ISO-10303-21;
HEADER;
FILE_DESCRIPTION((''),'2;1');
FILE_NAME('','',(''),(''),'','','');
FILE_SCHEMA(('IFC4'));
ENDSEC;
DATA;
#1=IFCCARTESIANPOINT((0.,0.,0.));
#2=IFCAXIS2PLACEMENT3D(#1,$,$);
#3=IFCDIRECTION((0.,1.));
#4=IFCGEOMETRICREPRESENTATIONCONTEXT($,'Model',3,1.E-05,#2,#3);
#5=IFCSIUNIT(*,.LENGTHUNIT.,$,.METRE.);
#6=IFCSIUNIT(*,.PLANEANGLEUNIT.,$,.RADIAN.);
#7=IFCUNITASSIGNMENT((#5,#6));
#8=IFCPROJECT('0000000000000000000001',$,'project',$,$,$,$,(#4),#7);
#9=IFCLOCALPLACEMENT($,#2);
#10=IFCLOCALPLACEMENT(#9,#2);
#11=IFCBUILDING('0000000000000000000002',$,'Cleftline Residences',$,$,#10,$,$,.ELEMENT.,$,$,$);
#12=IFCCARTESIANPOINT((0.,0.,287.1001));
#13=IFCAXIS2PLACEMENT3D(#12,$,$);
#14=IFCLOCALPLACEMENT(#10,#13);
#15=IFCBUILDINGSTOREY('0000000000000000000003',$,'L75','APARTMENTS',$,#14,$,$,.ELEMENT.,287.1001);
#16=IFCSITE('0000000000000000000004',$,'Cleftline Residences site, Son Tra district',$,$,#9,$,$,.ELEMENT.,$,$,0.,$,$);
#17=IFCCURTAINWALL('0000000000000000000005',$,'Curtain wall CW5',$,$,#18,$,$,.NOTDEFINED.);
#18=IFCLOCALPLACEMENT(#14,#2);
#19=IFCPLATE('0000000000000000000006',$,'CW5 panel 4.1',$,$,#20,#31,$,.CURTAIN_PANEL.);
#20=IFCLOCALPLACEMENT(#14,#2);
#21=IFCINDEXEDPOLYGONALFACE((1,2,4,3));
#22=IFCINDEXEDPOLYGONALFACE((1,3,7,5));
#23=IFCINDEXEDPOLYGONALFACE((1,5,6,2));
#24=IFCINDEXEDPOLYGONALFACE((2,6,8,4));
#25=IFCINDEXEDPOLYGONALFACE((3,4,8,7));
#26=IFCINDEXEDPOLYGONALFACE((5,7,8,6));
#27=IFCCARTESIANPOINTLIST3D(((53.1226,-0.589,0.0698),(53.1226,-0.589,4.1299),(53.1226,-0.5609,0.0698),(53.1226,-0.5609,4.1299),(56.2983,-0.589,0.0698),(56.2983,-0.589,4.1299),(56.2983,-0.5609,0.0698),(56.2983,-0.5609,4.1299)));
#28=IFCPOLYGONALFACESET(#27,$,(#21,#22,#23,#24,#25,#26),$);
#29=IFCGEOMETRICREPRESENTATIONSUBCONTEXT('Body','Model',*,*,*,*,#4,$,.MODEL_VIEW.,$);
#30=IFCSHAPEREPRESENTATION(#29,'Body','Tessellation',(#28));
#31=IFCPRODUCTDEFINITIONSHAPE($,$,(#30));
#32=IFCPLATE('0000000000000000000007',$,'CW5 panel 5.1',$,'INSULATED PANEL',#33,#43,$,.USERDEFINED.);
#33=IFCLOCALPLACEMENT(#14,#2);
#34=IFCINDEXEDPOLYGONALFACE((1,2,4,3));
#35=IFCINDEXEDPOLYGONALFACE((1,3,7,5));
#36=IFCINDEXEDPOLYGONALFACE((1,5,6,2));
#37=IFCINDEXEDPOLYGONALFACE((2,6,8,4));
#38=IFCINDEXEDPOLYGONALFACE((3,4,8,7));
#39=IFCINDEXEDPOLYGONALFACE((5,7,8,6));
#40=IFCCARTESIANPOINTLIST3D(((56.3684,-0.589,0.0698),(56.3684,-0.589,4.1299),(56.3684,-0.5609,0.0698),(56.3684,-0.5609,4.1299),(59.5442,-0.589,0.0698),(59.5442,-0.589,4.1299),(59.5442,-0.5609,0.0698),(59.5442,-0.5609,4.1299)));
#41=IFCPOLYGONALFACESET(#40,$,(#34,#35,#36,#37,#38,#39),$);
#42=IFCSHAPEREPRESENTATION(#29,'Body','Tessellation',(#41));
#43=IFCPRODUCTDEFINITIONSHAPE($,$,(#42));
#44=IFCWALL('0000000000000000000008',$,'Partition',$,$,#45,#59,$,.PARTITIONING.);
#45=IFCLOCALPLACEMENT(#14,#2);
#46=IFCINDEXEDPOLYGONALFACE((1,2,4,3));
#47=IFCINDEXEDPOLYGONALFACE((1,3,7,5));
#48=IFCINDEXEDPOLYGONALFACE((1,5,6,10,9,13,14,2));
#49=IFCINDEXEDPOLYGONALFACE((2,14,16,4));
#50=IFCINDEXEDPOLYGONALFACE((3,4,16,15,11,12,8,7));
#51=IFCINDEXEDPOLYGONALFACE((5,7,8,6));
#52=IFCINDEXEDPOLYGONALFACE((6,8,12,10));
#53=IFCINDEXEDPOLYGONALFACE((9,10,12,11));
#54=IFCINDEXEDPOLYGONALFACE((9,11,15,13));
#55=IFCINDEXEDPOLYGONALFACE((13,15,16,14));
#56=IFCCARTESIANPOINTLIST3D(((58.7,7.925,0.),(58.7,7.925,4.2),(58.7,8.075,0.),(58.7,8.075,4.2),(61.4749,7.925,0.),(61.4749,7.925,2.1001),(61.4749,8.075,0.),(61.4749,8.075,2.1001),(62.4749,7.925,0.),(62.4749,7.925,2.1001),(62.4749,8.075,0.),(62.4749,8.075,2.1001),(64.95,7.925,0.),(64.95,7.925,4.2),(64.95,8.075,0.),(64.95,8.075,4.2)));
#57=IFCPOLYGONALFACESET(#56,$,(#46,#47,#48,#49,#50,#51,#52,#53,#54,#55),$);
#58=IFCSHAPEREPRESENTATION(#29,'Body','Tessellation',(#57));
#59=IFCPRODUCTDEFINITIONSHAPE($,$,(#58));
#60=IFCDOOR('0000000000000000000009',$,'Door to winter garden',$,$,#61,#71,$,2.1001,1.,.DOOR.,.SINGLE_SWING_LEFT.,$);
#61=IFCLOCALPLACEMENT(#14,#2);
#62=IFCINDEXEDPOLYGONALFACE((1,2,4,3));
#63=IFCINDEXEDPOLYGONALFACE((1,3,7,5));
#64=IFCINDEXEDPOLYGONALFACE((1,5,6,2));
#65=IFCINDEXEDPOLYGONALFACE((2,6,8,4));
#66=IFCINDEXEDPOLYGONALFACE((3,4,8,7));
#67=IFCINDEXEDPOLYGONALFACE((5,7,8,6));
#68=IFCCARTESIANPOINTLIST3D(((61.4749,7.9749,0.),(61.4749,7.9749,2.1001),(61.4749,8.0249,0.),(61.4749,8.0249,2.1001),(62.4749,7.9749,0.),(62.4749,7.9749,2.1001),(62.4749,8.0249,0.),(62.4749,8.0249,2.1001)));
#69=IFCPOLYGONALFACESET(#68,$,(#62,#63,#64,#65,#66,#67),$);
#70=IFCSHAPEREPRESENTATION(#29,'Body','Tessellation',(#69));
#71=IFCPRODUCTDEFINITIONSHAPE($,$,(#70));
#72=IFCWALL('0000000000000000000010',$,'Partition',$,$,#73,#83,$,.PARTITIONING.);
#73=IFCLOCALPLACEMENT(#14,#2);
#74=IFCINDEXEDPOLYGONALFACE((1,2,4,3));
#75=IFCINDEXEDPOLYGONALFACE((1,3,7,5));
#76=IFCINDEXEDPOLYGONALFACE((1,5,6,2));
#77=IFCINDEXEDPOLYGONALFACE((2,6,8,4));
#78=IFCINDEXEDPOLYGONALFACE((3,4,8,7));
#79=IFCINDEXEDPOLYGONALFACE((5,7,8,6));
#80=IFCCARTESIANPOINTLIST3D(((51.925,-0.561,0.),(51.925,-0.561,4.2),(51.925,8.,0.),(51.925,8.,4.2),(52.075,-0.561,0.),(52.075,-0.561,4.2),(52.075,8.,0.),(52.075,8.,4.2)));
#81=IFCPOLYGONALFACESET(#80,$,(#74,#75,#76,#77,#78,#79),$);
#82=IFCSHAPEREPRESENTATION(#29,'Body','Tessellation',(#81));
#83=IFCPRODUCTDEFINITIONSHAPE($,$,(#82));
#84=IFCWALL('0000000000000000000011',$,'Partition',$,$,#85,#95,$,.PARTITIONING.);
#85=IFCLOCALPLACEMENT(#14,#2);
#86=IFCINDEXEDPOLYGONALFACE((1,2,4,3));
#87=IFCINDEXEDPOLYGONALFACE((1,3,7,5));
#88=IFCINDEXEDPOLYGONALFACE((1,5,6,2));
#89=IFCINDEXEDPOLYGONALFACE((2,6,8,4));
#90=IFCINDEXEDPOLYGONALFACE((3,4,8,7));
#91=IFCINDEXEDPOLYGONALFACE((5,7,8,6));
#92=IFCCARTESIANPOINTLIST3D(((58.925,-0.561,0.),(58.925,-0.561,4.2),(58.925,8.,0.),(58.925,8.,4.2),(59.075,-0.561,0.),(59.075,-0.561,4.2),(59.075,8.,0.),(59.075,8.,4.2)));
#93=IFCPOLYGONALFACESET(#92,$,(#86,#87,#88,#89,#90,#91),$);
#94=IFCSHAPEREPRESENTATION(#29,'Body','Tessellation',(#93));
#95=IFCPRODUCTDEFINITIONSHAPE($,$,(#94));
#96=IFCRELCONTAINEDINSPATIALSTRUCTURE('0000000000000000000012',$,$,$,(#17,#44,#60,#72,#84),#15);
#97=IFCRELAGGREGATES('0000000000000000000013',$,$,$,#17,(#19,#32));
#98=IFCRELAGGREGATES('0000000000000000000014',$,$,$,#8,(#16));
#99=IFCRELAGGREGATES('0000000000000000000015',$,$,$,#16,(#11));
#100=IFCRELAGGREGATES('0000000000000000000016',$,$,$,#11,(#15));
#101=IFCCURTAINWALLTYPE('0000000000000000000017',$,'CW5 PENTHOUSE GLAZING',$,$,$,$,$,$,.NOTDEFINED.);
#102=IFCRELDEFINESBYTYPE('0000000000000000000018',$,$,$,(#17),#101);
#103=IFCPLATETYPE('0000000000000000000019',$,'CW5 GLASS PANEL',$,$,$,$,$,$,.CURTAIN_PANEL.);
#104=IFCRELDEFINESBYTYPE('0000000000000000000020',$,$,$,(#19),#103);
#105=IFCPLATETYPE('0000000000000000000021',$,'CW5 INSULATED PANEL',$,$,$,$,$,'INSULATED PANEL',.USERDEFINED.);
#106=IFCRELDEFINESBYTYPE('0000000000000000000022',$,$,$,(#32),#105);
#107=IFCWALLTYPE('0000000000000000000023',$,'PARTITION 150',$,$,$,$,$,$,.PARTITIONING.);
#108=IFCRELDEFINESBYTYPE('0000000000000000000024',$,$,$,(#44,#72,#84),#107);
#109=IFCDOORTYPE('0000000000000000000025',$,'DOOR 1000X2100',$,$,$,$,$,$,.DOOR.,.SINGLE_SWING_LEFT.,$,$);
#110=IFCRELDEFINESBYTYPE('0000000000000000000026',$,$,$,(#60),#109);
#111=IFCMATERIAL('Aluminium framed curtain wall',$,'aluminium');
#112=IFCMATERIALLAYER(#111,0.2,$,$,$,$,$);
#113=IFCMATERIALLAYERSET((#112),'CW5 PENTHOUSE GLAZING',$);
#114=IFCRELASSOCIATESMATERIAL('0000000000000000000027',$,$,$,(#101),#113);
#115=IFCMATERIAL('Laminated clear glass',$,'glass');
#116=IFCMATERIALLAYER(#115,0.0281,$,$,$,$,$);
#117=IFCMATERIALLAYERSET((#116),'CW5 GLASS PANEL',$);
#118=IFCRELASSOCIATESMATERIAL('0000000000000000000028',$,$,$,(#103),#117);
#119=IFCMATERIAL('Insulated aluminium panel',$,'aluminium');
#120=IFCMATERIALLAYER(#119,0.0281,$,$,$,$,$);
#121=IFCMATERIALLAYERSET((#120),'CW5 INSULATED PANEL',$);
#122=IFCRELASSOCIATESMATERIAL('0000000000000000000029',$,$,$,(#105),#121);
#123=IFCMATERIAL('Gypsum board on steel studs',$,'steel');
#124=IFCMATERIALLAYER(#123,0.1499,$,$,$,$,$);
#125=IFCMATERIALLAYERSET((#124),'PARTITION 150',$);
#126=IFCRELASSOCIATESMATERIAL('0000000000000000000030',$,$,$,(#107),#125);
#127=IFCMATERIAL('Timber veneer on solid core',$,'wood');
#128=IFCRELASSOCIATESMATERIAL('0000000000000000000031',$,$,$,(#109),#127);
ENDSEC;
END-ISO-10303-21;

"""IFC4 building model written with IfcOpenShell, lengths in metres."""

from ifc_helpers import new_model, si_unit, direction, frame, frame_2d, origin, origin_2d, place, context, subcontext, project, spatial, rectangle, extrude, material, layer, layer_set, type_object, element, fill, aggregate, save


model = new_model("IFC4")

# Units and contexts
model_context = context("Model", 3, precision=1e-05, world=origin(), true_north=direction((0.0, 1.0)))
body_context = subcontext(model_context, "Body", "Model", "MODEL_VIEW")
ifc_project = project(units=[si_unit("LENGTHUNIT", "METRE"), si_unit("PLANEANGLEUNIT", "RADIAN")], contexts=[model_context])

# Site, building, storey
site_placement = place(None, origin())
site = spatial("IfcSite", under=ifc_project, at=site_placement, Name="Cleftline Residences site, Son Tra district", CompositionType="ELEMENT", RefElevation=0.0)
building_placement = place(site_placement, origin())
building = spatial("IfcBuilding", under=site, at=building_placement, Name="Cleftline Residences", CompositionType="ELEMENT")
storey_placement = place(building_placement, frame((0.0, 0.0, 287.1001)))
storey = spatial("IfcBuildingStorey", under=building, at=storey_placement, Name="L75", Description="APARTMENTS", CompositionType="ELEMENT", Elevation=287.1001)

# Curtain wall, plates
ifc_material_1 = material(Name="Aluminium framed curtain wall", Category="aluminium")
ifc_layer_1 = layer(ifc_material_1, 0.2)
ifc_layer_set_1 = layer_set([ifc_layer_1], Name="CW5 PENTHOUSE GLAZING")
curtain_wall_type = type_object("IfcCurtainWallType", Name="CW5 PENTHOUSE GLAZING", PredefinedType="NOTDEFINED", material=ifc_layer_set_1)
curtain_wall_placement = place(storey_placement, origin())
curtain_wall = element("IfcCurtainWall", 1, at=curtain_wall_placement, inside=storey, type_object=curtain_wall_type, Name="Curtain wall CW5", PredefinedType="NOTDEFINED")
ifc_material_2 = material(Name="Laminated clear glass", Category="glass")
ifc_layer_2 = layer(ifc_material_2, 0.0281)
ifc_layer_set_2 = layer_set([ifc_layer_2], Name="CW5 GLASS PANEL")
plate_type_1 = type_object("IfcPlateType", Name="CW5 GLASS PANEL", PredefinedType="CURTAIN_PANEL", material=ifc_layer_set_2)
plate_1_placement = place(storey_placement, frame((54.7104, -0.575, 0.0698), z_axis=(0.0, 0.0, 1.0), x_axis=(1.0, 0.0, 0.0)))
plate_1 = element("IfcPlate", 2, at=plate_1_placement, type_object=plate_type_1, Name="CW5 panel 4.1", PredefinedType="CURTAIN_PANEL", context=body_context, shape_type="SweptSolid", body=[
    extrude(rectangle(XDim=3.1758, YDim=0.0281, at=origin_2d()), origin(), (0.0, 0.0, 1.0), 4.0601),
])
ifc_material_3 = material(Name="Insulated aluminium panel", Category="aluminium")
ifc_layer_3 = layer(ifc_material_3, 0.0281)
ifc_layer_set_3 = layer_set([ifc_layer_3], Name="CW5 INSULATED PANEL")
plate_type_2 = type_object("IfcPlateType", Name="CW5 INSULATED PANEL", ElementType="INSULATED PANEL", PredefinedType="USERDEFINED", material=ifc_layer_set_3)
plate_2_placement = place(storey_placement, frame((57.9563, -0.575, 0.0698), z_axis=(0.0, 0.0, 1.0), x_axis=(1.0, 0.0, 0.0)))
plate_2 = element("IfcPlate", 3, at=plate_2_placement, type_object=plate_type_2, Name="CW5 panel 5.1", ObjectType="INSULATED PANEL", PredefinedType="USERDEFINED", context=body_context, shape_type="SweptSolid", body=[
    extrude(rectangle(XDim=3.1758, YDim=0.0281, at=origin_2d()), origin(), (0.0, 0.0, 1.0), 4.0601),
])
aggregate(curtain_wall, [plate_1, plate_2])

# Wall, opening, door
ifc_material_4 = material(Name="Gypsum board on steel studs", Category="steel")
ifc_layer_4 = layer(ifc_material_4, 0.1499)
ifc_layer_set_4 = layer_set([ifc_layer_4], Name="PARTITION 150")
wall_type = type_object("IfcWallType", Name="PARTITION 150", PredefinedType="PARTITIONING", material=ifc_layer_set_4)
wall_placement = place(storey_placement, frame((58.7, 8.0, 0.0), z_axis=(0.0, 0.0, 1.0), x_axis=(1.0, 0.0, 0.0)))
wall = element("IfcWall", 4, at=wall_placement, inside=storey, type_object=wall_type, Name="Partition", PredefinedType="PARTITIONING", context=body_context, shape_type="SweptSolid", body=[
    extrude(rectangle(XDim=6.25, YDim=0.1499, at=frame_2d((3.125, 0.0))), origin(), (0.0, 0.0, 1.0), 4.2),
])
opening_placement = place(wall_placement, frame((2.7749, 0.0, 0.0)))
opening = element("IfcOpeningElement", 5, at=opening_placement, cuts=wall, PredefinedType="OPENING", context=body_context, shape_type="SweptSolid", body=[
    extrude(rectangle(XDim=1.0, YDim=2.1001, at=frame_2d((0.5, 1.05))), frame((0.0, 0.085, 0.0), z_axis=(0.0, -1.0, 0.0), x_axis=(1.0, 0.0, 0.0)), (0.0, 0.0, 1.0), 0.1699),
])
ifc_material_5 = material(Name="Timber veneer on solid core", Category="wood")
door_type = type_object("IfcDoorType", Name="DOOR 1000X2100", OperationType="SINGLE_SWING_LEFT", PredefinedType="DOOR", material=ifc_material_5)
door_placement = place(opening_placement, origin())
door = element("IfcDoor", 6, at=door_placement, inside=storey, type_object=door_type, Name="Door to winter garden", OperationType="SINGLE_SWING_LEFT", OverallHeight=2.1001, OverallWidth=1.0, PredefinedType="DOOR", context=body_context, shape_type="SweptSolid", body=[
    extrude(rectangle(XDim=1.0, YDim=2.1001, at=frame_2d((0.5, 1.05))), frame((0.0, 0.0249, 0.0), z_axis=(0.0, -1.0, 0.0), x_axis=(1.0, 0.0, 0.0)), (0.0, 0.0, 1.0), 0.05),
])
fill(opening, door)

# Walls
for number, where, z_axis, x_axis, name in (
    (7, (52.0, -0.561, 0.0), (0.0, 0.0, 1.0), (0.0, 1.0, 0.0), "Partition"),
    (8, (59.0, -0.561, 0.0), (0.0, 0.0, 1.0), (0.0, 1.0, 0.0), "Partition"),
):
    element("IfcWall", number, at=place(storey_placement, frame(where, z_axis=z_axis, x_axis=x_axis)), inside=storey, type_object=wall_type, Name=name, PredefinedType="PARTITIONING", context=body_context, shape_type="SweptSolid", body=[
        extrude(rectangle(XDim=8.561, YDim=0.1499, at=frame_2d((4.2805, 0.0))), origin(), (0.0, 0.0, 1.0), 4.2),
    ])

save(model, "model.ifc")
